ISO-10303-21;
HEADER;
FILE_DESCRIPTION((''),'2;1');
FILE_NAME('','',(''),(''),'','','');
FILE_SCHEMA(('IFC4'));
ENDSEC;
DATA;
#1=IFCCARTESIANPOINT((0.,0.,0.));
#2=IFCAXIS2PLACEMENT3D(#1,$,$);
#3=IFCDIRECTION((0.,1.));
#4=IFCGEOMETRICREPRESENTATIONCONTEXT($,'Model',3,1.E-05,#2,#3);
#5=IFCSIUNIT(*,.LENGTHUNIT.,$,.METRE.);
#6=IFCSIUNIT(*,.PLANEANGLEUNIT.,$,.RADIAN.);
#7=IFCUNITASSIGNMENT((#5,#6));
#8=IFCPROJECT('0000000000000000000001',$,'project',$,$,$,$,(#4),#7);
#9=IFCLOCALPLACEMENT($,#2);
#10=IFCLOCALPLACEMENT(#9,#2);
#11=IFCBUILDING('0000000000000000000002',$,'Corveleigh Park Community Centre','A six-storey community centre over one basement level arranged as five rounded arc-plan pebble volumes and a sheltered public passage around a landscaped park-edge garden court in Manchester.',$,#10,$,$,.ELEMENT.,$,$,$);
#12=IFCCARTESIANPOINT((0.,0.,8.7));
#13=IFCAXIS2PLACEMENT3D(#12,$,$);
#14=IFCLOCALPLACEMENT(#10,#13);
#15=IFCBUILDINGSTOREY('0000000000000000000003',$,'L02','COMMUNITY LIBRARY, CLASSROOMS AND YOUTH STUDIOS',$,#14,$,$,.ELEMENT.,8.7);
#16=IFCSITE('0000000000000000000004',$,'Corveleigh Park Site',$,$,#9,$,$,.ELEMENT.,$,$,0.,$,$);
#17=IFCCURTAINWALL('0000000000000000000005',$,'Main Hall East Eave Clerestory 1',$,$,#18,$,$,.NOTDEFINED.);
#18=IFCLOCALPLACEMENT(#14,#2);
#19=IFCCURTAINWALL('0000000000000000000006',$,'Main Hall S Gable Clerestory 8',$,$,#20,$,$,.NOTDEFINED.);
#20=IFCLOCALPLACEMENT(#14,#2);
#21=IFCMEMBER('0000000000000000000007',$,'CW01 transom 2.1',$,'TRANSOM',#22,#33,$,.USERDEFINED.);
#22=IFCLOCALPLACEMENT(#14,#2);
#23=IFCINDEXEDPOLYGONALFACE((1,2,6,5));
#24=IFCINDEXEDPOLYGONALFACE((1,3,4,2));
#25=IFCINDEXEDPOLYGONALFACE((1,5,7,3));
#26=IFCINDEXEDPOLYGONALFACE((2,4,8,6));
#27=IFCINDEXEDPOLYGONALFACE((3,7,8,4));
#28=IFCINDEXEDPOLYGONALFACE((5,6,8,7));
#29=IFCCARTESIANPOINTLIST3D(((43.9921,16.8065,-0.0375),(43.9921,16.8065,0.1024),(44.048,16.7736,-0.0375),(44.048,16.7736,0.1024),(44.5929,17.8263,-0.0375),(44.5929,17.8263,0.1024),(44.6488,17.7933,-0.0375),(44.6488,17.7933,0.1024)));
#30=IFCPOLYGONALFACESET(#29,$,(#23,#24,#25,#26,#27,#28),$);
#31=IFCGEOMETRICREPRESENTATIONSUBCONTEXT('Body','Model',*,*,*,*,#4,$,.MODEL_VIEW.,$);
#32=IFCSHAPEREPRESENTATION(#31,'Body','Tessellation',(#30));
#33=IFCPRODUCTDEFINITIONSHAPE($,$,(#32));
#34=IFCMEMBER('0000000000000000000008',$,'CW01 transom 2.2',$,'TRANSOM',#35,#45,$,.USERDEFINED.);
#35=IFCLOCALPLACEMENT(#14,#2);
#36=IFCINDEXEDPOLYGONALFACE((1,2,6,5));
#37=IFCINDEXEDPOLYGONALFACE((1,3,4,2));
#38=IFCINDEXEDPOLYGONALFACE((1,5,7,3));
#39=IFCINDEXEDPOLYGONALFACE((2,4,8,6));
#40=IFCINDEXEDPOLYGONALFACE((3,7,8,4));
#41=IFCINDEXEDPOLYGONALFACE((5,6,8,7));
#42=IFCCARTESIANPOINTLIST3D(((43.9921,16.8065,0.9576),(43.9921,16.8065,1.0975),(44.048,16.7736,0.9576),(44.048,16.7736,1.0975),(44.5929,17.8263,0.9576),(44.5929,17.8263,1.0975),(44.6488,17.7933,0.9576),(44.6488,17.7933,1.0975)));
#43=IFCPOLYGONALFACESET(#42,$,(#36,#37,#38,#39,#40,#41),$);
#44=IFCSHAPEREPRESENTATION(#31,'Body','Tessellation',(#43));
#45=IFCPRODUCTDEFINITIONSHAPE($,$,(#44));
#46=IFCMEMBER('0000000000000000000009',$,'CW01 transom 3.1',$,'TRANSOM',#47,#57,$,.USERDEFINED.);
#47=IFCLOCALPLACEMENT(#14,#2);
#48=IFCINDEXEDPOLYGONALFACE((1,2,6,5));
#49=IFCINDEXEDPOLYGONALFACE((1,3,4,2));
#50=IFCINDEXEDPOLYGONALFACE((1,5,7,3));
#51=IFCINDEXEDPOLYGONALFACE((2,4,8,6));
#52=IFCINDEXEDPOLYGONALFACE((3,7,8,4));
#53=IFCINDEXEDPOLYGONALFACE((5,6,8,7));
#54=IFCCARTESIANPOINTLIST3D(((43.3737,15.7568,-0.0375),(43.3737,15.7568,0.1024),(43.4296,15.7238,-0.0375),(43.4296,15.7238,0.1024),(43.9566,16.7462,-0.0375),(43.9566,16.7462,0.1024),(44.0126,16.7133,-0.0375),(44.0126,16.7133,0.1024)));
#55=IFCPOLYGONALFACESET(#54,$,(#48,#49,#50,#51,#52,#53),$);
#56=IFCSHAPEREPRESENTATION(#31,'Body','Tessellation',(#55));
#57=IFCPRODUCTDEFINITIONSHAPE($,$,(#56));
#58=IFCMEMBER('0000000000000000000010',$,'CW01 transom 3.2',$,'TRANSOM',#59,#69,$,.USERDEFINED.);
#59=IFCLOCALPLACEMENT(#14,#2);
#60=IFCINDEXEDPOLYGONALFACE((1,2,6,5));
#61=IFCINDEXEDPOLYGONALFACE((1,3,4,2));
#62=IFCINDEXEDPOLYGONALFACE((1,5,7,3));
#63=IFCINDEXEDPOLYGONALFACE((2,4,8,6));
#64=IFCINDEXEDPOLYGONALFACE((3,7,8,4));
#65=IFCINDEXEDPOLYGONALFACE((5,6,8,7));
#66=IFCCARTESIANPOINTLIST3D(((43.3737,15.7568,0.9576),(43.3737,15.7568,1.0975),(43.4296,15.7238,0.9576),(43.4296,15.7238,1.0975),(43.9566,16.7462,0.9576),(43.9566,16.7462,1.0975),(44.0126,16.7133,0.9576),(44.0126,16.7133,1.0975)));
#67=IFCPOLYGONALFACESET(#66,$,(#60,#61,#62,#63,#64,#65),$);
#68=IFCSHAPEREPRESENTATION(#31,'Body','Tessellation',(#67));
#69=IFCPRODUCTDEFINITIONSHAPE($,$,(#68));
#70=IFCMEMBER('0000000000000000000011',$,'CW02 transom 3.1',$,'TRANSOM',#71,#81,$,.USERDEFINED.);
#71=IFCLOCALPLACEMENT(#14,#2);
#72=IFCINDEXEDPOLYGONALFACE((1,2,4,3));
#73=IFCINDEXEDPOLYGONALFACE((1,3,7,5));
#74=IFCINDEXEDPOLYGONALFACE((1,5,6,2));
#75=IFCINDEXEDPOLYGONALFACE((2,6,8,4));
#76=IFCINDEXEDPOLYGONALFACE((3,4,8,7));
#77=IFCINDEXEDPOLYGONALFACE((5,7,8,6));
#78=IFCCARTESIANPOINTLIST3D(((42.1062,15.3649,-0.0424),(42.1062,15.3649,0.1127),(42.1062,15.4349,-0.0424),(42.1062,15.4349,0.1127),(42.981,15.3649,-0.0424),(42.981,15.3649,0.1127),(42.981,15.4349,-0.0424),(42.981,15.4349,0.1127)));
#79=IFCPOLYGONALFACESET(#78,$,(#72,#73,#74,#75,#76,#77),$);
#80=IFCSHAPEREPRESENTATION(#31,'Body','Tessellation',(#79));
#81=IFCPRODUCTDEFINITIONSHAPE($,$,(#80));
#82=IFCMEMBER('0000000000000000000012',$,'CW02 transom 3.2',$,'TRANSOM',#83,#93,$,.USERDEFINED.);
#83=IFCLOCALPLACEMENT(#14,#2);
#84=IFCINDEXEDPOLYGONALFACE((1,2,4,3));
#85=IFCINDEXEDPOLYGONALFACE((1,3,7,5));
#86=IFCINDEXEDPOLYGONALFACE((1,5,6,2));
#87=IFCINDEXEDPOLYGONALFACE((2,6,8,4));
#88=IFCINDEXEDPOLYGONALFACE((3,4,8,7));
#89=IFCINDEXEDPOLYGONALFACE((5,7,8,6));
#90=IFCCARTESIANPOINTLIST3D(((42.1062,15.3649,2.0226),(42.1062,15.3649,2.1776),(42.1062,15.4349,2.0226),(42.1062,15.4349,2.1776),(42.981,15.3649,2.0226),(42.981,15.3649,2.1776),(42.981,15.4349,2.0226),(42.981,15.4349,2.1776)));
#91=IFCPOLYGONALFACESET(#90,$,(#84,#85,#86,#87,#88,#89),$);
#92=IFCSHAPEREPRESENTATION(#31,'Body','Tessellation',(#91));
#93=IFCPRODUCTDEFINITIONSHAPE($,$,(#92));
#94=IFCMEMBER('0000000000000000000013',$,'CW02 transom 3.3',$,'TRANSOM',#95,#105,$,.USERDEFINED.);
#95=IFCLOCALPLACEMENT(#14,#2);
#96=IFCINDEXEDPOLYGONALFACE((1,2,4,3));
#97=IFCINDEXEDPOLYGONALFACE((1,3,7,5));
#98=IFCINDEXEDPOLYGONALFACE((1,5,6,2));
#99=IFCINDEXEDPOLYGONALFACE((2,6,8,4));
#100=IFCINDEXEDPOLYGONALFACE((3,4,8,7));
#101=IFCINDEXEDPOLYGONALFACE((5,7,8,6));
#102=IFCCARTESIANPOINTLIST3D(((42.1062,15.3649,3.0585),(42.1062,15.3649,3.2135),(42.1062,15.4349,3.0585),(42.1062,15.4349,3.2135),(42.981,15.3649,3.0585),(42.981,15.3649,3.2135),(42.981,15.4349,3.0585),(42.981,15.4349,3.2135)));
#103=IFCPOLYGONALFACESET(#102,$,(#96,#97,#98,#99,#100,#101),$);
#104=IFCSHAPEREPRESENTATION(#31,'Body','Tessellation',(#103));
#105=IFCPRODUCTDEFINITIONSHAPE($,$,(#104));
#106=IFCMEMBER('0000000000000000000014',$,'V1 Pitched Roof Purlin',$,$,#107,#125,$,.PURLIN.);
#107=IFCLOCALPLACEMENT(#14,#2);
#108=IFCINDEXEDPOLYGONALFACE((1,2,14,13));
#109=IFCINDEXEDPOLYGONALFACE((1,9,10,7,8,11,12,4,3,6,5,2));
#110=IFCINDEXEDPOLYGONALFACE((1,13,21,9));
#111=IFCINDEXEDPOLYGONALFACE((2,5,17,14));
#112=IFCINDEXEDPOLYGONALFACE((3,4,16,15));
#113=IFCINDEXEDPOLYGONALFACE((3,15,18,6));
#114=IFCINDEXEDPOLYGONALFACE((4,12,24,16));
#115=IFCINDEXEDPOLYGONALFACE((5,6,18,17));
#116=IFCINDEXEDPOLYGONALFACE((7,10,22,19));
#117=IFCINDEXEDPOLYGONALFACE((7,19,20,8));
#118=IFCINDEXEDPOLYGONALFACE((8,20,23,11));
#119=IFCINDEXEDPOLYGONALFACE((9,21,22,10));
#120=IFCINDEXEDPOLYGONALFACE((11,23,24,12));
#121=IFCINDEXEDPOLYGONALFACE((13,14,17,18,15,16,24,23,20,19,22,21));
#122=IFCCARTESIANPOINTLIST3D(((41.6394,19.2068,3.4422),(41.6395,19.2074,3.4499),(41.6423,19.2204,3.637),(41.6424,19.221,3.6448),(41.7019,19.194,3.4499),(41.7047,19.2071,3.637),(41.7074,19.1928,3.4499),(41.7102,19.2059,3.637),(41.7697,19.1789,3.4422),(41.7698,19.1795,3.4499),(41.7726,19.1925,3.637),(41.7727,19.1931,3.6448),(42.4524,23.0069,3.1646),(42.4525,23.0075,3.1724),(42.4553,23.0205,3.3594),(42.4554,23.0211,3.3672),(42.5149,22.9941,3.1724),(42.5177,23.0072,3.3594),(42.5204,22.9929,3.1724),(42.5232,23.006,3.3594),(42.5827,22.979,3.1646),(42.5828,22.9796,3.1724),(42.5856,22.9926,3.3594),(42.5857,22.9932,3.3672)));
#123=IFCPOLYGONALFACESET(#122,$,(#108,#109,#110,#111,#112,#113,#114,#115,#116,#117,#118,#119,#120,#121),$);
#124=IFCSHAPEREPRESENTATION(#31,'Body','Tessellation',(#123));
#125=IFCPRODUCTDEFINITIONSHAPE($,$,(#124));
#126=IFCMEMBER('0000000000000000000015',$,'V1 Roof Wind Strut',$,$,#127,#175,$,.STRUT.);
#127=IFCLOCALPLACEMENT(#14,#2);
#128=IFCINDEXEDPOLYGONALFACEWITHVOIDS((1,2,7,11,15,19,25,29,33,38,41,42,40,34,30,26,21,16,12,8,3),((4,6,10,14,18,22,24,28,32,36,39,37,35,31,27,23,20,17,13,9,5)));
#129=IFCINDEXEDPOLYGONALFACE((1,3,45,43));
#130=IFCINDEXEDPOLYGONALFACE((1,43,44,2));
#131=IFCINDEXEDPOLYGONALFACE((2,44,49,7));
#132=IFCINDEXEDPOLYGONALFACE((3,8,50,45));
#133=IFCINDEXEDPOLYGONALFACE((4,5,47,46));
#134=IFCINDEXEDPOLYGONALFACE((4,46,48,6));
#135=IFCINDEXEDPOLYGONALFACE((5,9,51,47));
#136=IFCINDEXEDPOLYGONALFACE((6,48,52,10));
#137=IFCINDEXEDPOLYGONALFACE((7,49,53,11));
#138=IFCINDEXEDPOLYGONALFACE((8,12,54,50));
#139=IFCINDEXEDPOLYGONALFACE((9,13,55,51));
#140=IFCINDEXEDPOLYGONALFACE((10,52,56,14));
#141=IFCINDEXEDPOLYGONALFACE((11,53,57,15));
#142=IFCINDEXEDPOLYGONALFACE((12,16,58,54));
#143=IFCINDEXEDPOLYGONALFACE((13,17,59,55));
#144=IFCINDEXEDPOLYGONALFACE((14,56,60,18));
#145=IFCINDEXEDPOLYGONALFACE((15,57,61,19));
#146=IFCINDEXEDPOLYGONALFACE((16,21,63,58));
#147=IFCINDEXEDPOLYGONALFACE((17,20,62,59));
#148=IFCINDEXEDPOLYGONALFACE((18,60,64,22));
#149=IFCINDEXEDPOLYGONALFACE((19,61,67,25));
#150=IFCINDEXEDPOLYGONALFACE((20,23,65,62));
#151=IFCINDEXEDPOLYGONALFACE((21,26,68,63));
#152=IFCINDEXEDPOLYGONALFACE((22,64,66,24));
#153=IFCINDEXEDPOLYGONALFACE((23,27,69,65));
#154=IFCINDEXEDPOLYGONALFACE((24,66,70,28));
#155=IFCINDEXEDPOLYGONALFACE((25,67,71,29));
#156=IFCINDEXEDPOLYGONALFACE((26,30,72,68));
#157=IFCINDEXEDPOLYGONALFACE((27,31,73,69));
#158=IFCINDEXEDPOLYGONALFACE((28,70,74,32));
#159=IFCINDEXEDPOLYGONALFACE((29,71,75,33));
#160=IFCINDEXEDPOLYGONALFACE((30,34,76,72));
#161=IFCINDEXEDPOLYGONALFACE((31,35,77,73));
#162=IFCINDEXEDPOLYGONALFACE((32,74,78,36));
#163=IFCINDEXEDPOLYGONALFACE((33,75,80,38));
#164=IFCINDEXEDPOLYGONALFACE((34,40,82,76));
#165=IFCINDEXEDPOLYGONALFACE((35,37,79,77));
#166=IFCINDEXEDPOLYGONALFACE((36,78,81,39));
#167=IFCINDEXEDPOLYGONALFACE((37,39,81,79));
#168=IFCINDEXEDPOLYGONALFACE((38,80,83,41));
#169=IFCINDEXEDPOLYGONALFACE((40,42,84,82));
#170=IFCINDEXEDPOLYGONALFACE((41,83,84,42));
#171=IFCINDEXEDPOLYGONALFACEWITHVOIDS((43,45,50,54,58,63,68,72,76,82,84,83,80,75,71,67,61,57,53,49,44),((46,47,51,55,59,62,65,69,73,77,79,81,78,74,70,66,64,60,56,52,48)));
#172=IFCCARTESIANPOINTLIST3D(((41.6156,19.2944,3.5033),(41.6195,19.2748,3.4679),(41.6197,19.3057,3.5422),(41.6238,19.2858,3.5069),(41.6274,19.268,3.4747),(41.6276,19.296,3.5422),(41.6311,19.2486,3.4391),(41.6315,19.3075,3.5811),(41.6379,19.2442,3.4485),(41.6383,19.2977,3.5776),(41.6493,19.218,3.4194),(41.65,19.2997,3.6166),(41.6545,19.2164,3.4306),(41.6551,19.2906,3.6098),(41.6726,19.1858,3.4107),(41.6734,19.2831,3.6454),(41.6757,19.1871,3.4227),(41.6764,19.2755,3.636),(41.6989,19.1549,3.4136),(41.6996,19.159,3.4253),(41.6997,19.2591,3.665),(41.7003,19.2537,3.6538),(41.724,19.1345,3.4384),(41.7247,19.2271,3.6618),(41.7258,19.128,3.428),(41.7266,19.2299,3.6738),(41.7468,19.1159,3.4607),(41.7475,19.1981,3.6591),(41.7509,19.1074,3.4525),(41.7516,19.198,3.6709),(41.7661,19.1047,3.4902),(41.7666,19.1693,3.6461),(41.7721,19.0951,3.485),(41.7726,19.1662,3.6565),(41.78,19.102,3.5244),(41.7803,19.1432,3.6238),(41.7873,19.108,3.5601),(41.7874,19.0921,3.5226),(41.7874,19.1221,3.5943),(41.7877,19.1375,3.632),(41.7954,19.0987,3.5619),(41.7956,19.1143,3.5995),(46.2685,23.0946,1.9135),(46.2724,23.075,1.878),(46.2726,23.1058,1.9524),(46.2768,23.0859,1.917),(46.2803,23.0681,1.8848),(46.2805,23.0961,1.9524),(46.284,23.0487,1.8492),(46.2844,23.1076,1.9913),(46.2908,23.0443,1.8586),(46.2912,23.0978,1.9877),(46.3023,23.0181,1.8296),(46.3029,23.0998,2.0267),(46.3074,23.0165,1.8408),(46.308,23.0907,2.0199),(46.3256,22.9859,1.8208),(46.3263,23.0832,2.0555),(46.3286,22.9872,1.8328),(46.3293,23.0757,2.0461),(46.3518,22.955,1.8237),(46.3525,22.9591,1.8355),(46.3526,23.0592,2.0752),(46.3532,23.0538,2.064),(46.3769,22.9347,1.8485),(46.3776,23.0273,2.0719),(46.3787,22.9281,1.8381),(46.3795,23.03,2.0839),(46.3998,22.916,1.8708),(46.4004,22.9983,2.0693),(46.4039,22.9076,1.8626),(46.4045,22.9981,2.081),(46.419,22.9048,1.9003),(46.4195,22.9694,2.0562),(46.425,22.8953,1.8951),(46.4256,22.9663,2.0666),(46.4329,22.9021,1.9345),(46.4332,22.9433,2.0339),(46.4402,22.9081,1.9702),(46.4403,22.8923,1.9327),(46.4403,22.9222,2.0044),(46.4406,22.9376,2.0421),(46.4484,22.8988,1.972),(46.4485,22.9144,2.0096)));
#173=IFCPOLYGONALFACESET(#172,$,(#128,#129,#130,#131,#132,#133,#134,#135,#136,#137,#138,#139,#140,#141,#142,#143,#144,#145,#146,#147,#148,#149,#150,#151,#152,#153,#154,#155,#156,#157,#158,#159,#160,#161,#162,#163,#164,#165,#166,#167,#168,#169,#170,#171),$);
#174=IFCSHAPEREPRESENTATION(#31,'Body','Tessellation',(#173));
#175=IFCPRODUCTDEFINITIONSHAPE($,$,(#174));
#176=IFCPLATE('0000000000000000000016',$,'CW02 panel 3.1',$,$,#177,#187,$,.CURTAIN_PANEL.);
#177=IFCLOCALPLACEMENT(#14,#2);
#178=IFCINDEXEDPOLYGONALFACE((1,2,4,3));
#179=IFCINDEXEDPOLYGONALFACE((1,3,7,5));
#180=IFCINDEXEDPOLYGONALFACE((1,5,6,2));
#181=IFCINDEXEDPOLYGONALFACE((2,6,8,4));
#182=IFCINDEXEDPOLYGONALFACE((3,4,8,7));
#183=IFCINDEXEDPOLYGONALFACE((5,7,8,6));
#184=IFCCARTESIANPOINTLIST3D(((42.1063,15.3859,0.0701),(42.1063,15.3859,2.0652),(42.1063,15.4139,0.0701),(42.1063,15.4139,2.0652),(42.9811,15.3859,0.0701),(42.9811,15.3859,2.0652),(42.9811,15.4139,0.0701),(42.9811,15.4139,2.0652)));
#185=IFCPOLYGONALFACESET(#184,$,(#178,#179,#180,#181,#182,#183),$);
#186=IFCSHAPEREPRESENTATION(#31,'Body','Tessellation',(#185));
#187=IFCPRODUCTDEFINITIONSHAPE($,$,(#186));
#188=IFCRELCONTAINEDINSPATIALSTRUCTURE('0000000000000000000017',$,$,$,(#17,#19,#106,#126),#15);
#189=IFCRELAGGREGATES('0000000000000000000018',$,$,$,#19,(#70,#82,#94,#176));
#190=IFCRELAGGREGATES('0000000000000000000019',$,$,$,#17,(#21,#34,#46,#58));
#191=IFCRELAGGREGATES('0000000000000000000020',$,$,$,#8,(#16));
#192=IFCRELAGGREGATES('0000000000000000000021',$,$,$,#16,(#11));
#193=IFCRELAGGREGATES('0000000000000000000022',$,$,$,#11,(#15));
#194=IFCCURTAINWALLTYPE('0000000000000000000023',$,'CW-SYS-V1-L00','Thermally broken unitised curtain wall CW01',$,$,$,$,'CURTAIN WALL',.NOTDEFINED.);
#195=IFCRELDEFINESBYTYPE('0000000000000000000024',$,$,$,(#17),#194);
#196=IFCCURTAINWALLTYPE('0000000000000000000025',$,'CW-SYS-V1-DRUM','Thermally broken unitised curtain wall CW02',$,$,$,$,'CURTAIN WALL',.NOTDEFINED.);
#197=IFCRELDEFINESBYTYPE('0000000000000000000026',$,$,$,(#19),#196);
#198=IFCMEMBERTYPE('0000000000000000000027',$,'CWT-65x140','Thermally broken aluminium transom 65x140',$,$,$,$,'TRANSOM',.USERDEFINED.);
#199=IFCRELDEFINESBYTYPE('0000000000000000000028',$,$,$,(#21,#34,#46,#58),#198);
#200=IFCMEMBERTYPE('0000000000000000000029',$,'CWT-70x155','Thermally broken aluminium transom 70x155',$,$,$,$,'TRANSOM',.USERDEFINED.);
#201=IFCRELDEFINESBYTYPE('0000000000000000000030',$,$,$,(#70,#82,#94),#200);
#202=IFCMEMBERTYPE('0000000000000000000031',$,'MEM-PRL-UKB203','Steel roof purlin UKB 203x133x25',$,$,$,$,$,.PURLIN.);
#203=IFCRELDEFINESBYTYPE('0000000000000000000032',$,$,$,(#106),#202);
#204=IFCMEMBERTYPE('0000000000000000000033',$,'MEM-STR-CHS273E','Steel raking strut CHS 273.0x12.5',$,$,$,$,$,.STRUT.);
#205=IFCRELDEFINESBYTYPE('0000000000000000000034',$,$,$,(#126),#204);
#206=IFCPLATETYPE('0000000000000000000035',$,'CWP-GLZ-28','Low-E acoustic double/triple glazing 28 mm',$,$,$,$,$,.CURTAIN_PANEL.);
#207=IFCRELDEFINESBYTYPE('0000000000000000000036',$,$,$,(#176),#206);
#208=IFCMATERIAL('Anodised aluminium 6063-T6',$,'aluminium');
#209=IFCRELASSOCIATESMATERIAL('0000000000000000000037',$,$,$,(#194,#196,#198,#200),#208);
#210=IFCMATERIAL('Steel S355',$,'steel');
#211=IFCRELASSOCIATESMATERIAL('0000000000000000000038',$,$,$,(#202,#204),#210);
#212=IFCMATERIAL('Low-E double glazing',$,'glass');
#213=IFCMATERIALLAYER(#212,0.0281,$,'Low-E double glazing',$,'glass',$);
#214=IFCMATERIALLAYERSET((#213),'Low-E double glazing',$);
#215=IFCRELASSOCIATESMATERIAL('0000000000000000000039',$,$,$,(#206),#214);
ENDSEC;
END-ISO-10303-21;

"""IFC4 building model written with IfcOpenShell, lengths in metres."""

from ifc_helpers import new_model, si_unit, direction, frame, origin, origin_2d, place, context, subcontext, project, spatial, rectangle, hollow_circle, i_section, extrude, material, layer, layer_set, material_profile, profile_set, type_object, element, aggregate, save


model = new_model("IFC4")

# Units and contexts
model_context = context("Model", 3, precision=1e-05, world=origin(), true_north=direction((0.0, 1.0)))
body_context = subcontext(model_context, "Body", "Model", "MODEL_VIEW")
ifc_project = project(units=[si_unit("LENGTHUNIT", "METRE"), si_unit("PLANEANGLEUNIT", "RADIAN")], contexts=[model_context])

# Site, building, storey
site_placement = place(None, origin())
site = spatial("IfcSite", under=ifc_project, at=site_placement, Name="Corveleigh Park Site", CompositionType="ELEMENT", RefElevation=0.0)
building_placement = place(site_placement, origin())
building = spatial("IfcBuilding", under=site, at=building_placement, Name="Corveleigh Park Community Centre", Description="A six-storey community centre over one basement level arranged as five rounded arc-plan pebble volumes and a sheltered public passage around a landscaped park-edge garden court in Manchester.", CompositionType="ELEMENT")
storey_placement = place(building_placement, frame((0.0, 0.0, 8.7)))
storey = spatial("IfcBuildingStorey", under=building, at=storey_placement, Name="L02", Description="COMMUNITY LIBRARY, CLASSROOMS AND YOUTH STUDIOS", CompositionType="ELEMENT", Elevation=8.7)

# Shared definitions
ifc_material_1 = material(Name="Steel S355", Category="steel")

# Curtain walls
ifc_material_2 = material(Name="Anodised aluminium 6063-T6", Category="aluminium")
curtain_wall_type_1 = type_object("IfcCurtainWallType", Name="CW-SYS-V1-L00", Description="Thermally broken unitised curtain wall CW01", ElementType="CURTAIN WALL", PredefinedType="NOTDEFINED", material=ifc_material_2)
curtain_wall_1_placement = place(storey_placement, origin())
curtain_wall_1 = element("IfcCurtainWall", 1, at=curtain_wall_1_placement, inside=storey, type_object=curtain_wall_type_1, Name="Main Hall East Eave Clerestory 1", PredefinedType="NOTDEFINED")
curtain_wall_type_2 = type_object("IfcCurtainWallType", Name="CW-SYS-V1-DRUM", Description="Thermally broken unitised curtain wall CW02", ElementType="CURTAIN WALL", PredefinedType="NOTDEFINED", material=ifc_material_2)
curtain_wall_2_placement = place(storey_placement, origin())
curtain_wall_2 = element("IfcCurtainWall", 2, at=curtain_wall_2_placement, inside=storey, type_object=curtain_wall_type_2, Name="Main Hall S Gable Clerestory 8", PredefinedType="NOTDEFINED")

# Members
ifc_material_profile_1 = material_profile(ifc_material_2, rectangle(XDim=0.0649, YDim=0.1399, at=origin_2d()), Name="ALU-T65x140", Category="aluminium")
ifc_profile_set_1 = profile_set([ifc_material_profile_1], Name="Anodised aluminium 6063-T6")
member_type_1 = type_object("IfcMemberType", Name="CWT-65x140", Description="Thermally broken aluminium transom 65x140", ElementType="TRANSOM", PredefinedType="USERDEFINED", material=ifc_profile_set_1)
member_1_placement = place(storey_placement, frame((44.6208, 17.8098, 0.0325), z_axis=(-0.507624, -0.861579, 0.0), x_axis=(0.861579, -0.507624, 0.0)))
member_1 = element("IfcMember", 3, at=member_1_placement, type_object=member_type_1, Name="CW01 transom 2.1", ObjectType="TRANSOM", PredefinedType="USERDEFINED", context=body_context, shape_type="SweptSolid", body=[
    extrude(rectangle(XDim=0.0649, YDim=0.1399, at=origin_2d()), origin(), (0.0, 0.0, 1.0), 1.1836),
])
member_2_placement = place(storey_placement, frame((44.6208, 17.8098, 1.0276), z_axis=(-0.507624, -0.861579, 0.0), x_axis=(0.861579, -0.507624, 0.0)))
member_2 = element("IfcMember", 4, at=member_2_placement, type_object=member_type_1, Name="CW01 transom 2.2", ObjectType="TRANSOM", PredefinedType="USERDEFINED", context=body_context, shape_type="SweptSolid", body=[
    extrude(rectangle(XDim=0.0649, YDim=0.1399, at=origin_2d()), origin(), (0.0, 0.0, 1.0), 1.1836),
])
member_3_placement = place(storey_placement, frame((43.9846, 16.7297, 0.0325), z_axis=(-0.507633, -0.861573, 0.0), x_axis=(0.861573, -0.507633, 0.0)))
member_3 = element("IfcMember", 5, at=member_3_placement, type_object=member_type_1, Name="CW01 transom 3.1", ObjectType="TRANSOM", PredefinedType="USERDEFINED", context=body_context, shape_type="SweptSolid", body=[
    extrude(rectangle(XDim=0.0649, YDim=0.1399, at=origin_2d()), origin(), (0.0, 0.0, 1.0), 1.1484),
])
member_4_placement = place(storey_placement, frame((43.9846, 16.7297, 1.0276), z_axis=(-0.507633, -0.861573, 0.0), x_axis=(0.861573, -0.507633, 0.0)))
member_4 = element("IfcMember", 6, at=member_4_placement, type_object=member_type_1, Name="CW01 transom 3.2", ObjectType="TRANSOM", PredefinedType="USERDEFINED", context=body_context, shape_type="SweptSolid", body=[
    extrude(rectangle(XDim=0.0649, YDim=0.1399, at=origin_2d()), origin(), (0.0, 0.0, 1.0), 1.1484),
])
ifc_material_profile_2 = material_profile(ifc_material_2, rectangle(XDim=0.0701, YDim=0.155, at=origin_2d()), Name="ALU-T70x155", Category="aluminium")
ifc_profile_set_2 = profile_set([ifc_material_profile_2], Name="Anodised aluminium 6063-T6")
member_type_2 = type_object("IfcMemberType", Name="CWT-70x155", Description="Thermally broken aluminium transom 70x155", ElementType="TRANSOM", PredefinedType="USERDEFINED", material=ifc_profile_set_2)
member_5_placement = place(storey_placement, frame((42.1062, 15.3999, 0.0352), z_axis=(1.0, 0.0, 0.0), x_axis=(0.0, 1.0, 0.0)))
member_5 = element("IfcMember", 7, at=member_5_placement, type_object=member_type_2, Name="CW02 transom 3.1", ObjectType="TRANSOM", PredefinedType="USERDEFINED", context=body_context, shape_type="SweptSolid", body=[
    extrude(rectangle(XDim=0.0701, YDim=0.155, at=origin_2d()), origin(), (0.0, 0.0, 1.0), 0.8748),
])
member_6_placement = place(storey_placement, frame((42.1062, 15.3999, 2.1001), z_axis=(1.0, 0.0, 0.0), x_axis=(0.0, 1.0, 0.0)))
member_6 = element("IfcMember", 8, at=member_6_placement, type_object=member_type_2, Name="CW02 transom 3.2", ObjectType="TRANSOM", PredefinedType="USERDEFINED", context=body_context, shape_type="SweptSolid", body=[
    extrude(rectangle(XDim=0.0701, YDim=0.155, at=origin_2d()), origin(), (0.0, 0.0, 1.0), 0.8748),
])
member_7_placement = place(storey_placement, frame((42.1062, 15.3999, 3.136), z_axis=(1.0, 0.0, 0.0), x_axis=(0.0, 1.0, 0.0)))
member_7 = element("IfcMember", 9, at=member_7_placement, type_object=member_type_2, Name="CW02 transom 3.3", ObjectType="TRANSOM", PredefinedType="USERDEFINED", context=body_context, shape_type="SweptSolid", body=[
    extrude(rectangle(XDim=0.0701, YDim=0.155, at=origin_2d()), origin(), (0.0, 0.0, 1.0), 0.8748),
])

# Members
ifc_material_profile_3 = material_profile(ifc_material_1, i_section(OverallWidth=0.1333, OverallDepth=0.2031, WebThickness=0.0056, FlangeThickness=0.0078, at=origin_2d()), Name="UKB 203x133x25", Category="steel")
ifc_profile_set_3 = profile_set([ifc_material_profile_3], Name="Steel S355")
member_type_3 = type_object("IfcMemberType", Name="MEM-PRL-UKB203", Description="Steel roof purlin UKB 203x133x25", PredefinedType="PURLIN", material=ifc_profile_set_3)
member_8_placement = place(storey_placement, frame((41.7061, 19.2, 3.5435), z_axis=(0.208676, 0.975386, -0.07125), x_axis=(-0.977871, 0.209207, 0.0)))
element("IfcMember", 10, at=member_8_placement, inside=storey, type_object=member_type_3, Name="V1 Pitched Roof Purlin", PredefinedType="PURLIN", context=body_context, shape_type="SweptSolid", body=[
    extrude(i_section(OverallWidth=0.1333, OverallDepth=0.2031, WebThickness=0.0056, FlangeThickness=0.0078, at=origin_2d()), origin(), (0.0, 0.0, 1.0), 3.896),
])
ifc_material_profile_4 = material_profile(ifc_material_1, hollow_circle(Radius=0.1365, WallThickness=0.0125, at=origin_2d()), Name="CHS 273.0x12.5", Category="steel")
ifc_profile_set_4 = profile_set([ifc_material_profile_4], Name="Steel S355")
member_type_4 = type_object("IfcMemberType", Name="MEM-STR-CHS273E", Description="Steel raking strut CHS 273.0x12.5", PredefinedType="STRUT", material=ifc_profile_set_4)
member_9_placement = place(storey_placement, frame((41.7061, 19.2, 3.5422), z_axis=(0.748737, 0.611506, -0.255839), x_axis=(-0.632558, 0.774513, 0.0)))
element("IfcMember", 11, at=member_9_placement, inside=storey, type_object=member_type_4, Name="V1 Roof Wind Strut", PredefinedType="STRUT", context=body_context, shape_type="SweptSolid", body=[
    extrude(hollow_circle(Radius=0.1365, WallThickness=0.0125, at=origin_2d()), origin(), (0.0, 0.0, 1.0), 6.2144),
])

# Plate
ifc_material_3 = material(Name="Low-E double glazing", Category="glass")
ifc_layer_1 = layer(ifc_material_3, 0.0281, Name="Low-E double glazing", Category="glass")
ifc_layer_set_1 = layer_set([ifc_layer_1], Name="Low-E double glazing")
plate_type_1 = type_object("IfcPlateType", Name="CWP-GLZ-28", Description="Low-E acoustic double/triple glazing 28 mm", PredefinedType="CURTAIN_PANEL", material=ifc_layer_set_1)
plate_1_placement = place(storey_placement, frame((42.5437, 15.3999, 0.0701), z_axis=(0.0, 0.0, 1.0), x_axis=(1.0, 0.0, 0.0)))
plate_1 = element("IfcPlate", 12, at=plate_1_placement, type_object=plate_type_1, Name="CW02 panel 3.1", PredefinedType="CURTAIN_PANEL", context=body_context, shape_type="SweptSolid", body=[
    extrude(rectangle(XDim=0.8748, YDim=0.0281, at=origin_2d()), origin(), (0.0, 0.0, 1.0), 1.9951),
])
aggregate(curtain_wall_2, [member_5, member_6, member_7, plate_1])
aggregate(curtain_wall_1, [member_1, member_2, member_3, member_4])

save(model, "model.ifc")
